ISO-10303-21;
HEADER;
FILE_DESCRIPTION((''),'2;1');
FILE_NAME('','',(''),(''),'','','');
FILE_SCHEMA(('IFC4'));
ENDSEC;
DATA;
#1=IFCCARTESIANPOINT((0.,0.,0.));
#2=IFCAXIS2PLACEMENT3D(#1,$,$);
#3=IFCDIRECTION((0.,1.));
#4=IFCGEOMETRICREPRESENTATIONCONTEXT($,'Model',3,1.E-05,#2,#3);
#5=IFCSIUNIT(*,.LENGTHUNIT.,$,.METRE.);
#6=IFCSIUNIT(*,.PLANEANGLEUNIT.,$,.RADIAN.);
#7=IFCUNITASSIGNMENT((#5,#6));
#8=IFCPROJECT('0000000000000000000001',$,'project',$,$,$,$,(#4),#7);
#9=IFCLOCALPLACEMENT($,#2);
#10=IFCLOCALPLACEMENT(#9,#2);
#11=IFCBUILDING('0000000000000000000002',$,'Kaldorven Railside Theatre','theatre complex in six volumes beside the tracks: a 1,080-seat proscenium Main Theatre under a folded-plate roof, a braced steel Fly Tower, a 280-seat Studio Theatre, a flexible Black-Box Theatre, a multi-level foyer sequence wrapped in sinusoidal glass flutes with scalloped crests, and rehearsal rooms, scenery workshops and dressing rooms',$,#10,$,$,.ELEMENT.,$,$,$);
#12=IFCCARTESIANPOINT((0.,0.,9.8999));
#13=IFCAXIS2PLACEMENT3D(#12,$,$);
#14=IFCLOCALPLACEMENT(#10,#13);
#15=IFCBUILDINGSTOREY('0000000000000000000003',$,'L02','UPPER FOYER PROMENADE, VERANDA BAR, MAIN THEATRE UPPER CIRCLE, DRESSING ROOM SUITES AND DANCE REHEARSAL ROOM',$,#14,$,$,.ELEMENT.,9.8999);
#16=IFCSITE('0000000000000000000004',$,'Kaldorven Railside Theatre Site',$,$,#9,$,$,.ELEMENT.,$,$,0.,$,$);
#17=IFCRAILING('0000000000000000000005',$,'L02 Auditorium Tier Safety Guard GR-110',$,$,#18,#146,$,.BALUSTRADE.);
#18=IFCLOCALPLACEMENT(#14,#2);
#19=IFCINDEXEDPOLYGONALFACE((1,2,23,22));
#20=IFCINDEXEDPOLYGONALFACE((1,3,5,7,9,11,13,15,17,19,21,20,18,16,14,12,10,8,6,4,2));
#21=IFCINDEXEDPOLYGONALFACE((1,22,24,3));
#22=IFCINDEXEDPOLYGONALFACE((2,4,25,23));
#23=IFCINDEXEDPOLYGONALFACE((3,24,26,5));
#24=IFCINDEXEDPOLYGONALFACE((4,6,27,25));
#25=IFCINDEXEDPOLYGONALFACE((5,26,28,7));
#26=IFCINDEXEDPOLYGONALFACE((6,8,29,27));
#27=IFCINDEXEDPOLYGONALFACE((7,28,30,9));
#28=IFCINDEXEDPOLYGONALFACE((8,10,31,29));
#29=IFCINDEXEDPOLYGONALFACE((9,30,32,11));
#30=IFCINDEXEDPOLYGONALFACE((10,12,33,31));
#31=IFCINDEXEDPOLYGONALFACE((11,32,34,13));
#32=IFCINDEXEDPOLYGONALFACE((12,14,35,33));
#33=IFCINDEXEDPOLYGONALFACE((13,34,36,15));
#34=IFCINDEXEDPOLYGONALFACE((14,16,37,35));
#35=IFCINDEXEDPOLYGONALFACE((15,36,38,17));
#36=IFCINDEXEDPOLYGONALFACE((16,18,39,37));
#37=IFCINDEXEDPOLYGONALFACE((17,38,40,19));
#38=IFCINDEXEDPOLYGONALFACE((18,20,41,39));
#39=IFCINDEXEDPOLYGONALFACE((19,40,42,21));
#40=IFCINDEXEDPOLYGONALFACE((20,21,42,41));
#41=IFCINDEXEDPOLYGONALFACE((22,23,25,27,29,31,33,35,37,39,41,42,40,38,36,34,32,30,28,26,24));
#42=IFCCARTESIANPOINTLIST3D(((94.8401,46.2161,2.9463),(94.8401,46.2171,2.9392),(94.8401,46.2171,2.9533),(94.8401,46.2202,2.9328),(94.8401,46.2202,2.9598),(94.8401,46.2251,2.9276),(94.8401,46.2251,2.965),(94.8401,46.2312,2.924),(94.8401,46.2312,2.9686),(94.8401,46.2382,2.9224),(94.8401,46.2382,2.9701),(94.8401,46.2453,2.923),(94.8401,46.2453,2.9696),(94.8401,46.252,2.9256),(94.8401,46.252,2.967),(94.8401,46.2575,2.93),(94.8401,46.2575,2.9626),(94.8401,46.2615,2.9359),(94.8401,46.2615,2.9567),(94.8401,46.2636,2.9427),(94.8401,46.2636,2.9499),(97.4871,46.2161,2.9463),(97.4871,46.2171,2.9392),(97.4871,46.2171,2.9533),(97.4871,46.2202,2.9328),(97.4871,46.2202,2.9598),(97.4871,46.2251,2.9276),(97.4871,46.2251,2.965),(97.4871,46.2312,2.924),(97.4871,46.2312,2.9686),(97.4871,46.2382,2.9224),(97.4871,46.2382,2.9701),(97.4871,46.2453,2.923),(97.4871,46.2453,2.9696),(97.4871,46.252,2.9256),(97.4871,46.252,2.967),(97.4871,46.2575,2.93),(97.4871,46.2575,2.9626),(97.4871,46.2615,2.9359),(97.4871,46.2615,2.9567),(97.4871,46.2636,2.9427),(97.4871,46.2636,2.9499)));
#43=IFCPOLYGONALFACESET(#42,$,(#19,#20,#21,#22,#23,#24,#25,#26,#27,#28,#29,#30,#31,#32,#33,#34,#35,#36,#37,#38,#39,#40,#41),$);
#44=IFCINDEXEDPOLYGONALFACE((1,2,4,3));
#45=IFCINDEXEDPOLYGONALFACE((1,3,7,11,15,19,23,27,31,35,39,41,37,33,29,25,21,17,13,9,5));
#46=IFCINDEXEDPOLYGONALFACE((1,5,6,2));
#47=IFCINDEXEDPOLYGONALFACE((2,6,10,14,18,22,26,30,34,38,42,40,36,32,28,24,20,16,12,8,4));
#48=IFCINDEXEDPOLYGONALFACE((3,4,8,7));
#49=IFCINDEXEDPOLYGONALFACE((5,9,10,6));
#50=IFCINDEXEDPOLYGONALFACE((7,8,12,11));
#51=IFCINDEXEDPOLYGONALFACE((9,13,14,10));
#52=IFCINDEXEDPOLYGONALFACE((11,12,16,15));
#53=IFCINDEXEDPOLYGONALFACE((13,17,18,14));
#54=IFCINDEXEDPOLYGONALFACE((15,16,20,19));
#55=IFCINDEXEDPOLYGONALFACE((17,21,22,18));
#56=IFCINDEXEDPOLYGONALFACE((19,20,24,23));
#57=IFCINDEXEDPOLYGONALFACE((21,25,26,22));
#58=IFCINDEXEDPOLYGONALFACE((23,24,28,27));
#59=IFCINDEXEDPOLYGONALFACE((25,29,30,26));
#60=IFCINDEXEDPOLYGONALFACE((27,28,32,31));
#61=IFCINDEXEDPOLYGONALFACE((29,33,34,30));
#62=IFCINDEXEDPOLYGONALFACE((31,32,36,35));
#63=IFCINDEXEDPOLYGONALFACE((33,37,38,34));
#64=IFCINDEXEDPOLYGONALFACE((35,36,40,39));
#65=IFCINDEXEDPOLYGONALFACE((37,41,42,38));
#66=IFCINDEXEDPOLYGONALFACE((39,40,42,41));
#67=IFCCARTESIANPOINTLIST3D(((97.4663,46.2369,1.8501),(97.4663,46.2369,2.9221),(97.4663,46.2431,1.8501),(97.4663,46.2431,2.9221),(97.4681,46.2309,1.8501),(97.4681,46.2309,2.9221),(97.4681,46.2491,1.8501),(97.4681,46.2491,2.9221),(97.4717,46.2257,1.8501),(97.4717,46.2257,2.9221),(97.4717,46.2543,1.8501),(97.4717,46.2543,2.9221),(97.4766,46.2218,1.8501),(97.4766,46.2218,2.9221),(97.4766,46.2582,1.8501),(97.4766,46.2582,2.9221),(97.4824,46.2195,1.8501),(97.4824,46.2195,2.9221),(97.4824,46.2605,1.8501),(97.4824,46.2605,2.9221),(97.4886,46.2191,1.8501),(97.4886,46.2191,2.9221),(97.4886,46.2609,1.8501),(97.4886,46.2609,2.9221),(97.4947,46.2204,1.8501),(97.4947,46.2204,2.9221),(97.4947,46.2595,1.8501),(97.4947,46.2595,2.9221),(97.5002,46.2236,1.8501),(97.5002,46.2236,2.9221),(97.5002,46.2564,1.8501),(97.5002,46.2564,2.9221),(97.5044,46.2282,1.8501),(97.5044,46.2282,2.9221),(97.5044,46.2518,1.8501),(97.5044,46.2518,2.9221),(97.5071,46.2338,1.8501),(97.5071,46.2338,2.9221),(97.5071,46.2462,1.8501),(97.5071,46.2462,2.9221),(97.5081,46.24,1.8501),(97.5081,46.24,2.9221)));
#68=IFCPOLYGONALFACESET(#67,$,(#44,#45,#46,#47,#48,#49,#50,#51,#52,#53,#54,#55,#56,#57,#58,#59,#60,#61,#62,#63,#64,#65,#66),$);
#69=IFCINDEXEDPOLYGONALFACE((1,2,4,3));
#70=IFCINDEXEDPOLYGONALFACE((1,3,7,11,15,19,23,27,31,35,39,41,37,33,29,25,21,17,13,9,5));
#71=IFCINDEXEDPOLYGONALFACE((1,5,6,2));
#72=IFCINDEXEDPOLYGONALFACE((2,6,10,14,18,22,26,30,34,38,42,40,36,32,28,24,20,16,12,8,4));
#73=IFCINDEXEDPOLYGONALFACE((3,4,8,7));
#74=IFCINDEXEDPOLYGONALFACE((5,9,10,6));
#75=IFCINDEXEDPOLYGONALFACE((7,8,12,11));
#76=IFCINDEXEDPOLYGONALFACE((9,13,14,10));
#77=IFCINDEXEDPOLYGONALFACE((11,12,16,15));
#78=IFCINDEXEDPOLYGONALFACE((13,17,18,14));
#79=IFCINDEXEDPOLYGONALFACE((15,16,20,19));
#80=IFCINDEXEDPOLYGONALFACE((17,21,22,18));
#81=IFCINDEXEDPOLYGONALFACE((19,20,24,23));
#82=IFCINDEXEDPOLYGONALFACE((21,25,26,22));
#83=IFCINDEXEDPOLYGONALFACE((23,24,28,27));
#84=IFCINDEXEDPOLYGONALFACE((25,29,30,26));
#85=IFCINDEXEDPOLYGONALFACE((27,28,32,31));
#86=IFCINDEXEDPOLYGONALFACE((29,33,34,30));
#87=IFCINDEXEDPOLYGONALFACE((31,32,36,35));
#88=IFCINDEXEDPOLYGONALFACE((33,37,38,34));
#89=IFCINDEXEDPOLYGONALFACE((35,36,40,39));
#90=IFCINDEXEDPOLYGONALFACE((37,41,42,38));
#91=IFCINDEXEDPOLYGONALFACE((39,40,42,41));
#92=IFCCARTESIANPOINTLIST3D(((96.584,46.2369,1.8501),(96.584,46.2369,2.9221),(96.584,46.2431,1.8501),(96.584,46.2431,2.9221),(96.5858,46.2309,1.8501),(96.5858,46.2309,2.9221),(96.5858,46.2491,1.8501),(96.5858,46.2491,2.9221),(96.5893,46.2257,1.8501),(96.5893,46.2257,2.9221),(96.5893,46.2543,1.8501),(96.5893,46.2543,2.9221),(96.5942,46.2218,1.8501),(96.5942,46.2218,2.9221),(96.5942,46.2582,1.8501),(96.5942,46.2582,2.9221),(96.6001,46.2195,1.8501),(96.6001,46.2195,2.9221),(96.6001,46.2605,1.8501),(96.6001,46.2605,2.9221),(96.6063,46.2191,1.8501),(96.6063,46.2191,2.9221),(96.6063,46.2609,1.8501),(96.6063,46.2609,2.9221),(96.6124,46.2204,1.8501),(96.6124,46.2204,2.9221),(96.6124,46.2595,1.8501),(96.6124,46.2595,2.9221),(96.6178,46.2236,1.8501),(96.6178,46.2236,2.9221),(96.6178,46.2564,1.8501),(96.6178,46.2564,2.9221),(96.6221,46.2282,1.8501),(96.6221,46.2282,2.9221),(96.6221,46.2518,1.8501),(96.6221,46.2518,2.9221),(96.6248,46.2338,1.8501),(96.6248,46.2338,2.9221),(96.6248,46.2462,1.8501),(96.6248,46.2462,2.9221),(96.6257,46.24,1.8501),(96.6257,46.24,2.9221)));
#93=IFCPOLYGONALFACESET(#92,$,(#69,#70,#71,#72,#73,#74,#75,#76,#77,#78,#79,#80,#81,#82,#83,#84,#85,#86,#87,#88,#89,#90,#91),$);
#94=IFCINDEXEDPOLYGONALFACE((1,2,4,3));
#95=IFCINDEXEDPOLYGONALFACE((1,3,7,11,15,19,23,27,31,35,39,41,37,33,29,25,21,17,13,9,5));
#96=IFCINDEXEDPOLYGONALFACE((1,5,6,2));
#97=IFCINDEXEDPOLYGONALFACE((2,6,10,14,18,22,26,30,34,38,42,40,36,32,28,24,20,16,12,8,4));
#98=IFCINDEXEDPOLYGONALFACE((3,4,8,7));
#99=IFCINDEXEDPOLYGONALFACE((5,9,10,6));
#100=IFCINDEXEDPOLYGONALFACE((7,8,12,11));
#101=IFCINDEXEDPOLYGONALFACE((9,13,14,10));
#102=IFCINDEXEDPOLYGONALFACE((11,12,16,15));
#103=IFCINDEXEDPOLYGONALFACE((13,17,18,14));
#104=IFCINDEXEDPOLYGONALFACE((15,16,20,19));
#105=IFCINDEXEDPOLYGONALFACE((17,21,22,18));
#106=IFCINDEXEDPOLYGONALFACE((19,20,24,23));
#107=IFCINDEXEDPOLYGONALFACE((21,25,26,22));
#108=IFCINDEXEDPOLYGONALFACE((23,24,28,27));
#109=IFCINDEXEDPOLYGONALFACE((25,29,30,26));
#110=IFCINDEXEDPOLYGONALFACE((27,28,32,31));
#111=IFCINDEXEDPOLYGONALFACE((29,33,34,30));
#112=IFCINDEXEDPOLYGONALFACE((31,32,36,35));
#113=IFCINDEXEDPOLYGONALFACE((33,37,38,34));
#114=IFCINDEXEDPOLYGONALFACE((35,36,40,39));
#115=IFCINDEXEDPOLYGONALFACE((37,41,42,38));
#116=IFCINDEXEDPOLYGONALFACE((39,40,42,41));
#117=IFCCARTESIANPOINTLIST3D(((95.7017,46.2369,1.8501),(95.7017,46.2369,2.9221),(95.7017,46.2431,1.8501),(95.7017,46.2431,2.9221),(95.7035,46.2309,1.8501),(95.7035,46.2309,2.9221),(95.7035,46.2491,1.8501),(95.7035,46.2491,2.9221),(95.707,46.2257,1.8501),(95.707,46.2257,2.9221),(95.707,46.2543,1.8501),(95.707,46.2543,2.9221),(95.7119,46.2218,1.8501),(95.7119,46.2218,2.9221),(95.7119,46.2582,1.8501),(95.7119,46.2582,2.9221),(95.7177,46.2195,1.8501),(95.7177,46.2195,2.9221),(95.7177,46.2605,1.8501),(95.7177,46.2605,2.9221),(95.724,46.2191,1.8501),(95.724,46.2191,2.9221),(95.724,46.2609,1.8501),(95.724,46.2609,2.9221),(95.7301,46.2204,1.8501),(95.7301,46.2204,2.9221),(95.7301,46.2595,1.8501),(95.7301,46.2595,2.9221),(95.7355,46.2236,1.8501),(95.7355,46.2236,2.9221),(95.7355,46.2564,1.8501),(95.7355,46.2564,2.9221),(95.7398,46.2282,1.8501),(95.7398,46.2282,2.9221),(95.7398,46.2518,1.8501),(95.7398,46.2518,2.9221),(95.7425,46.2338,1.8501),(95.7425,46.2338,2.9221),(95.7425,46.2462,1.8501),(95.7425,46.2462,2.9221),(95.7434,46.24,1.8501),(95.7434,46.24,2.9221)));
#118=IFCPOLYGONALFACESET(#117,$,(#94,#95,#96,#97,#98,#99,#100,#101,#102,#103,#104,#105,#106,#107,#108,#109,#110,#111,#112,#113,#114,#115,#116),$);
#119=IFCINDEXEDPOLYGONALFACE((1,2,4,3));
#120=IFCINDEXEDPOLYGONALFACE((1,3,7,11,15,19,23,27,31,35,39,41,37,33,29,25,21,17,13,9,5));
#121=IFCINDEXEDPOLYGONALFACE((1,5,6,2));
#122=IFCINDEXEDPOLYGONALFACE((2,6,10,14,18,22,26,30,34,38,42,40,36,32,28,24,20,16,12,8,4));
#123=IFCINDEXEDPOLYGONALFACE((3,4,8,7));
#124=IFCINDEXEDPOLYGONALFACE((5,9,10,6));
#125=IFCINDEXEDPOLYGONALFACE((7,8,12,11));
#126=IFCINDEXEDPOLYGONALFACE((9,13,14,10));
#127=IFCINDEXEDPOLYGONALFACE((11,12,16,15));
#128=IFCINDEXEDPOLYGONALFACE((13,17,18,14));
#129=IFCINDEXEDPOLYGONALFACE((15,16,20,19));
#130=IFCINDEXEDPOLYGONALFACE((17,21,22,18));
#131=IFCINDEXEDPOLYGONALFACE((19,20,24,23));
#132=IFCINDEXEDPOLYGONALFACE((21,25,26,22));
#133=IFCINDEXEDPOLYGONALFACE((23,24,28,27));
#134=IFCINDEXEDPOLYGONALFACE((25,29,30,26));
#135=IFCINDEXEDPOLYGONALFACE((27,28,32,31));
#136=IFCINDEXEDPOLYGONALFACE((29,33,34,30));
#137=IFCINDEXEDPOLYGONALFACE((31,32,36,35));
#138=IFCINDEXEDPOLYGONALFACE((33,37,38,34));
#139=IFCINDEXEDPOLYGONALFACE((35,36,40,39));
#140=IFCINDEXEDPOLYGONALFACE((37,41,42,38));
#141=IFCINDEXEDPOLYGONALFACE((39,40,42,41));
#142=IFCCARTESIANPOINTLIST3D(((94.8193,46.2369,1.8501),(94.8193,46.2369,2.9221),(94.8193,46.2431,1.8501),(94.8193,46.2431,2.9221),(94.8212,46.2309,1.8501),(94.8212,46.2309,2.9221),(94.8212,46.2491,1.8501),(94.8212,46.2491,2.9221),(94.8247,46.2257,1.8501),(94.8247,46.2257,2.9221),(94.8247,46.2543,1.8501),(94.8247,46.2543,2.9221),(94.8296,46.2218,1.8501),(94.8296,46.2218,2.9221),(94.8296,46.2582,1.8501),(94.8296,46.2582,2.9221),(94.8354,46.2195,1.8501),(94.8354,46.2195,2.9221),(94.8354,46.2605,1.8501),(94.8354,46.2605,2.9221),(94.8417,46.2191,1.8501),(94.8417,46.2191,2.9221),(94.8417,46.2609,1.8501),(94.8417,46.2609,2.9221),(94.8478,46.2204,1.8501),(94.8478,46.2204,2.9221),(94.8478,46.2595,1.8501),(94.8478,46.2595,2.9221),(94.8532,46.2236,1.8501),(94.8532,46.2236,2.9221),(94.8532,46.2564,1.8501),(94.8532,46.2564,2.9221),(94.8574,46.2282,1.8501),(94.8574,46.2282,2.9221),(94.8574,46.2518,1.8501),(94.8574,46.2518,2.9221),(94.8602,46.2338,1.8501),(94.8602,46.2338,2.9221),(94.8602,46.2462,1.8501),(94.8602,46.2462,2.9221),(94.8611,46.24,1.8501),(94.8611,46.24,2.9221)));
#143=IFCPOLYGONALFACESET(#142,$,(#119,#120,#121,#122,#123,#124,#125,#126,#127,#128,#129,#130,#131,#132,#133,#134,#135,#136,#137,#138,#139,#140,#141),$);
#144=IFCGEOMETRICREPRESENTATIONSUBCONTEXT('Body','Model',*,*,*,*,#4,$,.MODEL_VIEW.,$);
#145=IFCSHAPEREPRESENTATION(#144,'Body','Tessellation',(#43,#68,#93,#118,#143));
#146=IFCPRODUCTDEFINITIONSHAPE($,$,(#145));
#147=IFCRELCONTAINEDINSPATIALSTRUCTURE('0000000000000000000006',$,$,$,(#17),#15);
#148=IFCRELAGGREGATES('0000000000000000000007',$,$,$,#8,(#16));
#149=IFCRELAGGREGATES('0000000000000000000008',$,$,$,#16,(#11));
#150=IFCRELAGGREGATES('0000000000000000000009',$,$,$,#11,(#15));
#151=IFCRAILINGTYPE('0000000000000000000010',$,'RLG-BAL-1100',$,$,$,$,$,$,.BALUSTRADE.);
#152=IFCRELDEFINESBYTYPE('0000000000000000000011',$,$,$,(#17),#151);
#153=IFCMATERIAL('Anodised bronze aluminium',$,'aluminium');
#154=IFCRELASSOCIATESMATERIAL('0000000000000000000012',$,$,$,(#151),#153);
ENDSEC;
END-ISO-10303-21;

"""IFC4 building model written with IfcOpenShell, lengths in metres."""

from ifc_helpers import new_model, si_unit, direction, frame, origin, origin_2d, place, context, subcontext, project, spatial, circle, extrude, material, type_object, element, save


model = new_model("IFC4")

# Units and contexts
model_context = context("Model", 3, precision=1e-05, world=origin(), true_north=direction((0.0, 1.0)))
body_context = subcontext(model_context, "Body", "Model", "MODEL_VIEW")
ifc_project = project(units=[si_unit("LENGTHUNIT", "METRE"), si_unit("PLANEANGLEUNIT", "RADIAN")], contexts=[model_context])

# Site, building, storey
site_placement = place(None, origin())
site = spatial("IfcSite", under=ifc_project, at=site_placement, Name="Kaldorven Railside Theatre Site", CompositionType="ELEMENT", RefElevation=0.0)
building_placement = place(site_placement, origin())
building = spatial("IfcBuilding", under=site, at=building_placement, Name="Kaldorven Railside Theatre", Description="theatre complex in six volumes beside the tracks: a 1,080-seat proscenium Main Theatre under a folded-plate roof, a braced steel Fly Tower, a 280-seat Studio Theatre, a flexible Black-Box Theatre, a multi-level foyer sequence wrapped in sinusoidal glass flutes with scalloped crests, and rehearsal rooms, scenery workshops and dressing rooms", CompositionType="ELEMENT")
storey_placement = place(building_placement, frame((0.0, 0.0, 9.8999)))
storey = spatial("IfcBuildingStorey", under=building, at=storey_placement, Name="L02", Description="UPPER FOYER PROMENADE, VERANDA BAR, MAIN THEATRE UPPER CIRCLE, DRESSING ROOM SUITES AND DANCE REHEARSAL ROOM", CompositionType="ELEMENT", Elevation=9.8999)

# Railing
ifc_material_1 = material(Name="Anodised bronze aluminium", Category="aluminium")
railing_type = type_object("IfcRailingType", Name="RLG-BAL-1100", PredefinedType="BALUSTRADE", material=ifc_material_1)
railing_1_placement = place(storey_placement, frame((97.4871, 46.24, 1.8501)))
element("IfcRailing", 1, at=railing_1_placement, inside=storey, type_object=railing_type, Name="L02 Auditorium Tier Safety Guard GR-110", PredefinedType="BALUSTRADE", context=body_context, shape_type="SweptSolid", body=[
    extrude(circle(Radius=0.0239, at=origin_2d()), frame((0.0, 0.0, 1.0962), z_axis=(-1.0, 0.0, 0.0), x_axis=(0.0, -1.0, 0.0)), (0.0, 0.0, 1.0), 2.647),
    extrude(circle(Radius=0.021, at=origin_2d()), origin(), (0.0, 0.0, 1.0), 1.072),
    extrude(circle(Radius=0.021, at=origin_2d()), frame((-0.8823, 0.0, 0.0)), (0.0, 0.0, 1.0), 1.072),
    extrude(circle(Radius=0.021, at=origin_2d()), frame((-1.7646, 0.0, 0.0)), (0.0, 0.0, 1.0), 1.072),
    extrude(circle(Radius=0.021, at=origin_2d()), frame((-2.647, 0.0, 0.0)), (0.0, 0.0, 1.0), 1.072),
])

save(model, "model.ifc")
